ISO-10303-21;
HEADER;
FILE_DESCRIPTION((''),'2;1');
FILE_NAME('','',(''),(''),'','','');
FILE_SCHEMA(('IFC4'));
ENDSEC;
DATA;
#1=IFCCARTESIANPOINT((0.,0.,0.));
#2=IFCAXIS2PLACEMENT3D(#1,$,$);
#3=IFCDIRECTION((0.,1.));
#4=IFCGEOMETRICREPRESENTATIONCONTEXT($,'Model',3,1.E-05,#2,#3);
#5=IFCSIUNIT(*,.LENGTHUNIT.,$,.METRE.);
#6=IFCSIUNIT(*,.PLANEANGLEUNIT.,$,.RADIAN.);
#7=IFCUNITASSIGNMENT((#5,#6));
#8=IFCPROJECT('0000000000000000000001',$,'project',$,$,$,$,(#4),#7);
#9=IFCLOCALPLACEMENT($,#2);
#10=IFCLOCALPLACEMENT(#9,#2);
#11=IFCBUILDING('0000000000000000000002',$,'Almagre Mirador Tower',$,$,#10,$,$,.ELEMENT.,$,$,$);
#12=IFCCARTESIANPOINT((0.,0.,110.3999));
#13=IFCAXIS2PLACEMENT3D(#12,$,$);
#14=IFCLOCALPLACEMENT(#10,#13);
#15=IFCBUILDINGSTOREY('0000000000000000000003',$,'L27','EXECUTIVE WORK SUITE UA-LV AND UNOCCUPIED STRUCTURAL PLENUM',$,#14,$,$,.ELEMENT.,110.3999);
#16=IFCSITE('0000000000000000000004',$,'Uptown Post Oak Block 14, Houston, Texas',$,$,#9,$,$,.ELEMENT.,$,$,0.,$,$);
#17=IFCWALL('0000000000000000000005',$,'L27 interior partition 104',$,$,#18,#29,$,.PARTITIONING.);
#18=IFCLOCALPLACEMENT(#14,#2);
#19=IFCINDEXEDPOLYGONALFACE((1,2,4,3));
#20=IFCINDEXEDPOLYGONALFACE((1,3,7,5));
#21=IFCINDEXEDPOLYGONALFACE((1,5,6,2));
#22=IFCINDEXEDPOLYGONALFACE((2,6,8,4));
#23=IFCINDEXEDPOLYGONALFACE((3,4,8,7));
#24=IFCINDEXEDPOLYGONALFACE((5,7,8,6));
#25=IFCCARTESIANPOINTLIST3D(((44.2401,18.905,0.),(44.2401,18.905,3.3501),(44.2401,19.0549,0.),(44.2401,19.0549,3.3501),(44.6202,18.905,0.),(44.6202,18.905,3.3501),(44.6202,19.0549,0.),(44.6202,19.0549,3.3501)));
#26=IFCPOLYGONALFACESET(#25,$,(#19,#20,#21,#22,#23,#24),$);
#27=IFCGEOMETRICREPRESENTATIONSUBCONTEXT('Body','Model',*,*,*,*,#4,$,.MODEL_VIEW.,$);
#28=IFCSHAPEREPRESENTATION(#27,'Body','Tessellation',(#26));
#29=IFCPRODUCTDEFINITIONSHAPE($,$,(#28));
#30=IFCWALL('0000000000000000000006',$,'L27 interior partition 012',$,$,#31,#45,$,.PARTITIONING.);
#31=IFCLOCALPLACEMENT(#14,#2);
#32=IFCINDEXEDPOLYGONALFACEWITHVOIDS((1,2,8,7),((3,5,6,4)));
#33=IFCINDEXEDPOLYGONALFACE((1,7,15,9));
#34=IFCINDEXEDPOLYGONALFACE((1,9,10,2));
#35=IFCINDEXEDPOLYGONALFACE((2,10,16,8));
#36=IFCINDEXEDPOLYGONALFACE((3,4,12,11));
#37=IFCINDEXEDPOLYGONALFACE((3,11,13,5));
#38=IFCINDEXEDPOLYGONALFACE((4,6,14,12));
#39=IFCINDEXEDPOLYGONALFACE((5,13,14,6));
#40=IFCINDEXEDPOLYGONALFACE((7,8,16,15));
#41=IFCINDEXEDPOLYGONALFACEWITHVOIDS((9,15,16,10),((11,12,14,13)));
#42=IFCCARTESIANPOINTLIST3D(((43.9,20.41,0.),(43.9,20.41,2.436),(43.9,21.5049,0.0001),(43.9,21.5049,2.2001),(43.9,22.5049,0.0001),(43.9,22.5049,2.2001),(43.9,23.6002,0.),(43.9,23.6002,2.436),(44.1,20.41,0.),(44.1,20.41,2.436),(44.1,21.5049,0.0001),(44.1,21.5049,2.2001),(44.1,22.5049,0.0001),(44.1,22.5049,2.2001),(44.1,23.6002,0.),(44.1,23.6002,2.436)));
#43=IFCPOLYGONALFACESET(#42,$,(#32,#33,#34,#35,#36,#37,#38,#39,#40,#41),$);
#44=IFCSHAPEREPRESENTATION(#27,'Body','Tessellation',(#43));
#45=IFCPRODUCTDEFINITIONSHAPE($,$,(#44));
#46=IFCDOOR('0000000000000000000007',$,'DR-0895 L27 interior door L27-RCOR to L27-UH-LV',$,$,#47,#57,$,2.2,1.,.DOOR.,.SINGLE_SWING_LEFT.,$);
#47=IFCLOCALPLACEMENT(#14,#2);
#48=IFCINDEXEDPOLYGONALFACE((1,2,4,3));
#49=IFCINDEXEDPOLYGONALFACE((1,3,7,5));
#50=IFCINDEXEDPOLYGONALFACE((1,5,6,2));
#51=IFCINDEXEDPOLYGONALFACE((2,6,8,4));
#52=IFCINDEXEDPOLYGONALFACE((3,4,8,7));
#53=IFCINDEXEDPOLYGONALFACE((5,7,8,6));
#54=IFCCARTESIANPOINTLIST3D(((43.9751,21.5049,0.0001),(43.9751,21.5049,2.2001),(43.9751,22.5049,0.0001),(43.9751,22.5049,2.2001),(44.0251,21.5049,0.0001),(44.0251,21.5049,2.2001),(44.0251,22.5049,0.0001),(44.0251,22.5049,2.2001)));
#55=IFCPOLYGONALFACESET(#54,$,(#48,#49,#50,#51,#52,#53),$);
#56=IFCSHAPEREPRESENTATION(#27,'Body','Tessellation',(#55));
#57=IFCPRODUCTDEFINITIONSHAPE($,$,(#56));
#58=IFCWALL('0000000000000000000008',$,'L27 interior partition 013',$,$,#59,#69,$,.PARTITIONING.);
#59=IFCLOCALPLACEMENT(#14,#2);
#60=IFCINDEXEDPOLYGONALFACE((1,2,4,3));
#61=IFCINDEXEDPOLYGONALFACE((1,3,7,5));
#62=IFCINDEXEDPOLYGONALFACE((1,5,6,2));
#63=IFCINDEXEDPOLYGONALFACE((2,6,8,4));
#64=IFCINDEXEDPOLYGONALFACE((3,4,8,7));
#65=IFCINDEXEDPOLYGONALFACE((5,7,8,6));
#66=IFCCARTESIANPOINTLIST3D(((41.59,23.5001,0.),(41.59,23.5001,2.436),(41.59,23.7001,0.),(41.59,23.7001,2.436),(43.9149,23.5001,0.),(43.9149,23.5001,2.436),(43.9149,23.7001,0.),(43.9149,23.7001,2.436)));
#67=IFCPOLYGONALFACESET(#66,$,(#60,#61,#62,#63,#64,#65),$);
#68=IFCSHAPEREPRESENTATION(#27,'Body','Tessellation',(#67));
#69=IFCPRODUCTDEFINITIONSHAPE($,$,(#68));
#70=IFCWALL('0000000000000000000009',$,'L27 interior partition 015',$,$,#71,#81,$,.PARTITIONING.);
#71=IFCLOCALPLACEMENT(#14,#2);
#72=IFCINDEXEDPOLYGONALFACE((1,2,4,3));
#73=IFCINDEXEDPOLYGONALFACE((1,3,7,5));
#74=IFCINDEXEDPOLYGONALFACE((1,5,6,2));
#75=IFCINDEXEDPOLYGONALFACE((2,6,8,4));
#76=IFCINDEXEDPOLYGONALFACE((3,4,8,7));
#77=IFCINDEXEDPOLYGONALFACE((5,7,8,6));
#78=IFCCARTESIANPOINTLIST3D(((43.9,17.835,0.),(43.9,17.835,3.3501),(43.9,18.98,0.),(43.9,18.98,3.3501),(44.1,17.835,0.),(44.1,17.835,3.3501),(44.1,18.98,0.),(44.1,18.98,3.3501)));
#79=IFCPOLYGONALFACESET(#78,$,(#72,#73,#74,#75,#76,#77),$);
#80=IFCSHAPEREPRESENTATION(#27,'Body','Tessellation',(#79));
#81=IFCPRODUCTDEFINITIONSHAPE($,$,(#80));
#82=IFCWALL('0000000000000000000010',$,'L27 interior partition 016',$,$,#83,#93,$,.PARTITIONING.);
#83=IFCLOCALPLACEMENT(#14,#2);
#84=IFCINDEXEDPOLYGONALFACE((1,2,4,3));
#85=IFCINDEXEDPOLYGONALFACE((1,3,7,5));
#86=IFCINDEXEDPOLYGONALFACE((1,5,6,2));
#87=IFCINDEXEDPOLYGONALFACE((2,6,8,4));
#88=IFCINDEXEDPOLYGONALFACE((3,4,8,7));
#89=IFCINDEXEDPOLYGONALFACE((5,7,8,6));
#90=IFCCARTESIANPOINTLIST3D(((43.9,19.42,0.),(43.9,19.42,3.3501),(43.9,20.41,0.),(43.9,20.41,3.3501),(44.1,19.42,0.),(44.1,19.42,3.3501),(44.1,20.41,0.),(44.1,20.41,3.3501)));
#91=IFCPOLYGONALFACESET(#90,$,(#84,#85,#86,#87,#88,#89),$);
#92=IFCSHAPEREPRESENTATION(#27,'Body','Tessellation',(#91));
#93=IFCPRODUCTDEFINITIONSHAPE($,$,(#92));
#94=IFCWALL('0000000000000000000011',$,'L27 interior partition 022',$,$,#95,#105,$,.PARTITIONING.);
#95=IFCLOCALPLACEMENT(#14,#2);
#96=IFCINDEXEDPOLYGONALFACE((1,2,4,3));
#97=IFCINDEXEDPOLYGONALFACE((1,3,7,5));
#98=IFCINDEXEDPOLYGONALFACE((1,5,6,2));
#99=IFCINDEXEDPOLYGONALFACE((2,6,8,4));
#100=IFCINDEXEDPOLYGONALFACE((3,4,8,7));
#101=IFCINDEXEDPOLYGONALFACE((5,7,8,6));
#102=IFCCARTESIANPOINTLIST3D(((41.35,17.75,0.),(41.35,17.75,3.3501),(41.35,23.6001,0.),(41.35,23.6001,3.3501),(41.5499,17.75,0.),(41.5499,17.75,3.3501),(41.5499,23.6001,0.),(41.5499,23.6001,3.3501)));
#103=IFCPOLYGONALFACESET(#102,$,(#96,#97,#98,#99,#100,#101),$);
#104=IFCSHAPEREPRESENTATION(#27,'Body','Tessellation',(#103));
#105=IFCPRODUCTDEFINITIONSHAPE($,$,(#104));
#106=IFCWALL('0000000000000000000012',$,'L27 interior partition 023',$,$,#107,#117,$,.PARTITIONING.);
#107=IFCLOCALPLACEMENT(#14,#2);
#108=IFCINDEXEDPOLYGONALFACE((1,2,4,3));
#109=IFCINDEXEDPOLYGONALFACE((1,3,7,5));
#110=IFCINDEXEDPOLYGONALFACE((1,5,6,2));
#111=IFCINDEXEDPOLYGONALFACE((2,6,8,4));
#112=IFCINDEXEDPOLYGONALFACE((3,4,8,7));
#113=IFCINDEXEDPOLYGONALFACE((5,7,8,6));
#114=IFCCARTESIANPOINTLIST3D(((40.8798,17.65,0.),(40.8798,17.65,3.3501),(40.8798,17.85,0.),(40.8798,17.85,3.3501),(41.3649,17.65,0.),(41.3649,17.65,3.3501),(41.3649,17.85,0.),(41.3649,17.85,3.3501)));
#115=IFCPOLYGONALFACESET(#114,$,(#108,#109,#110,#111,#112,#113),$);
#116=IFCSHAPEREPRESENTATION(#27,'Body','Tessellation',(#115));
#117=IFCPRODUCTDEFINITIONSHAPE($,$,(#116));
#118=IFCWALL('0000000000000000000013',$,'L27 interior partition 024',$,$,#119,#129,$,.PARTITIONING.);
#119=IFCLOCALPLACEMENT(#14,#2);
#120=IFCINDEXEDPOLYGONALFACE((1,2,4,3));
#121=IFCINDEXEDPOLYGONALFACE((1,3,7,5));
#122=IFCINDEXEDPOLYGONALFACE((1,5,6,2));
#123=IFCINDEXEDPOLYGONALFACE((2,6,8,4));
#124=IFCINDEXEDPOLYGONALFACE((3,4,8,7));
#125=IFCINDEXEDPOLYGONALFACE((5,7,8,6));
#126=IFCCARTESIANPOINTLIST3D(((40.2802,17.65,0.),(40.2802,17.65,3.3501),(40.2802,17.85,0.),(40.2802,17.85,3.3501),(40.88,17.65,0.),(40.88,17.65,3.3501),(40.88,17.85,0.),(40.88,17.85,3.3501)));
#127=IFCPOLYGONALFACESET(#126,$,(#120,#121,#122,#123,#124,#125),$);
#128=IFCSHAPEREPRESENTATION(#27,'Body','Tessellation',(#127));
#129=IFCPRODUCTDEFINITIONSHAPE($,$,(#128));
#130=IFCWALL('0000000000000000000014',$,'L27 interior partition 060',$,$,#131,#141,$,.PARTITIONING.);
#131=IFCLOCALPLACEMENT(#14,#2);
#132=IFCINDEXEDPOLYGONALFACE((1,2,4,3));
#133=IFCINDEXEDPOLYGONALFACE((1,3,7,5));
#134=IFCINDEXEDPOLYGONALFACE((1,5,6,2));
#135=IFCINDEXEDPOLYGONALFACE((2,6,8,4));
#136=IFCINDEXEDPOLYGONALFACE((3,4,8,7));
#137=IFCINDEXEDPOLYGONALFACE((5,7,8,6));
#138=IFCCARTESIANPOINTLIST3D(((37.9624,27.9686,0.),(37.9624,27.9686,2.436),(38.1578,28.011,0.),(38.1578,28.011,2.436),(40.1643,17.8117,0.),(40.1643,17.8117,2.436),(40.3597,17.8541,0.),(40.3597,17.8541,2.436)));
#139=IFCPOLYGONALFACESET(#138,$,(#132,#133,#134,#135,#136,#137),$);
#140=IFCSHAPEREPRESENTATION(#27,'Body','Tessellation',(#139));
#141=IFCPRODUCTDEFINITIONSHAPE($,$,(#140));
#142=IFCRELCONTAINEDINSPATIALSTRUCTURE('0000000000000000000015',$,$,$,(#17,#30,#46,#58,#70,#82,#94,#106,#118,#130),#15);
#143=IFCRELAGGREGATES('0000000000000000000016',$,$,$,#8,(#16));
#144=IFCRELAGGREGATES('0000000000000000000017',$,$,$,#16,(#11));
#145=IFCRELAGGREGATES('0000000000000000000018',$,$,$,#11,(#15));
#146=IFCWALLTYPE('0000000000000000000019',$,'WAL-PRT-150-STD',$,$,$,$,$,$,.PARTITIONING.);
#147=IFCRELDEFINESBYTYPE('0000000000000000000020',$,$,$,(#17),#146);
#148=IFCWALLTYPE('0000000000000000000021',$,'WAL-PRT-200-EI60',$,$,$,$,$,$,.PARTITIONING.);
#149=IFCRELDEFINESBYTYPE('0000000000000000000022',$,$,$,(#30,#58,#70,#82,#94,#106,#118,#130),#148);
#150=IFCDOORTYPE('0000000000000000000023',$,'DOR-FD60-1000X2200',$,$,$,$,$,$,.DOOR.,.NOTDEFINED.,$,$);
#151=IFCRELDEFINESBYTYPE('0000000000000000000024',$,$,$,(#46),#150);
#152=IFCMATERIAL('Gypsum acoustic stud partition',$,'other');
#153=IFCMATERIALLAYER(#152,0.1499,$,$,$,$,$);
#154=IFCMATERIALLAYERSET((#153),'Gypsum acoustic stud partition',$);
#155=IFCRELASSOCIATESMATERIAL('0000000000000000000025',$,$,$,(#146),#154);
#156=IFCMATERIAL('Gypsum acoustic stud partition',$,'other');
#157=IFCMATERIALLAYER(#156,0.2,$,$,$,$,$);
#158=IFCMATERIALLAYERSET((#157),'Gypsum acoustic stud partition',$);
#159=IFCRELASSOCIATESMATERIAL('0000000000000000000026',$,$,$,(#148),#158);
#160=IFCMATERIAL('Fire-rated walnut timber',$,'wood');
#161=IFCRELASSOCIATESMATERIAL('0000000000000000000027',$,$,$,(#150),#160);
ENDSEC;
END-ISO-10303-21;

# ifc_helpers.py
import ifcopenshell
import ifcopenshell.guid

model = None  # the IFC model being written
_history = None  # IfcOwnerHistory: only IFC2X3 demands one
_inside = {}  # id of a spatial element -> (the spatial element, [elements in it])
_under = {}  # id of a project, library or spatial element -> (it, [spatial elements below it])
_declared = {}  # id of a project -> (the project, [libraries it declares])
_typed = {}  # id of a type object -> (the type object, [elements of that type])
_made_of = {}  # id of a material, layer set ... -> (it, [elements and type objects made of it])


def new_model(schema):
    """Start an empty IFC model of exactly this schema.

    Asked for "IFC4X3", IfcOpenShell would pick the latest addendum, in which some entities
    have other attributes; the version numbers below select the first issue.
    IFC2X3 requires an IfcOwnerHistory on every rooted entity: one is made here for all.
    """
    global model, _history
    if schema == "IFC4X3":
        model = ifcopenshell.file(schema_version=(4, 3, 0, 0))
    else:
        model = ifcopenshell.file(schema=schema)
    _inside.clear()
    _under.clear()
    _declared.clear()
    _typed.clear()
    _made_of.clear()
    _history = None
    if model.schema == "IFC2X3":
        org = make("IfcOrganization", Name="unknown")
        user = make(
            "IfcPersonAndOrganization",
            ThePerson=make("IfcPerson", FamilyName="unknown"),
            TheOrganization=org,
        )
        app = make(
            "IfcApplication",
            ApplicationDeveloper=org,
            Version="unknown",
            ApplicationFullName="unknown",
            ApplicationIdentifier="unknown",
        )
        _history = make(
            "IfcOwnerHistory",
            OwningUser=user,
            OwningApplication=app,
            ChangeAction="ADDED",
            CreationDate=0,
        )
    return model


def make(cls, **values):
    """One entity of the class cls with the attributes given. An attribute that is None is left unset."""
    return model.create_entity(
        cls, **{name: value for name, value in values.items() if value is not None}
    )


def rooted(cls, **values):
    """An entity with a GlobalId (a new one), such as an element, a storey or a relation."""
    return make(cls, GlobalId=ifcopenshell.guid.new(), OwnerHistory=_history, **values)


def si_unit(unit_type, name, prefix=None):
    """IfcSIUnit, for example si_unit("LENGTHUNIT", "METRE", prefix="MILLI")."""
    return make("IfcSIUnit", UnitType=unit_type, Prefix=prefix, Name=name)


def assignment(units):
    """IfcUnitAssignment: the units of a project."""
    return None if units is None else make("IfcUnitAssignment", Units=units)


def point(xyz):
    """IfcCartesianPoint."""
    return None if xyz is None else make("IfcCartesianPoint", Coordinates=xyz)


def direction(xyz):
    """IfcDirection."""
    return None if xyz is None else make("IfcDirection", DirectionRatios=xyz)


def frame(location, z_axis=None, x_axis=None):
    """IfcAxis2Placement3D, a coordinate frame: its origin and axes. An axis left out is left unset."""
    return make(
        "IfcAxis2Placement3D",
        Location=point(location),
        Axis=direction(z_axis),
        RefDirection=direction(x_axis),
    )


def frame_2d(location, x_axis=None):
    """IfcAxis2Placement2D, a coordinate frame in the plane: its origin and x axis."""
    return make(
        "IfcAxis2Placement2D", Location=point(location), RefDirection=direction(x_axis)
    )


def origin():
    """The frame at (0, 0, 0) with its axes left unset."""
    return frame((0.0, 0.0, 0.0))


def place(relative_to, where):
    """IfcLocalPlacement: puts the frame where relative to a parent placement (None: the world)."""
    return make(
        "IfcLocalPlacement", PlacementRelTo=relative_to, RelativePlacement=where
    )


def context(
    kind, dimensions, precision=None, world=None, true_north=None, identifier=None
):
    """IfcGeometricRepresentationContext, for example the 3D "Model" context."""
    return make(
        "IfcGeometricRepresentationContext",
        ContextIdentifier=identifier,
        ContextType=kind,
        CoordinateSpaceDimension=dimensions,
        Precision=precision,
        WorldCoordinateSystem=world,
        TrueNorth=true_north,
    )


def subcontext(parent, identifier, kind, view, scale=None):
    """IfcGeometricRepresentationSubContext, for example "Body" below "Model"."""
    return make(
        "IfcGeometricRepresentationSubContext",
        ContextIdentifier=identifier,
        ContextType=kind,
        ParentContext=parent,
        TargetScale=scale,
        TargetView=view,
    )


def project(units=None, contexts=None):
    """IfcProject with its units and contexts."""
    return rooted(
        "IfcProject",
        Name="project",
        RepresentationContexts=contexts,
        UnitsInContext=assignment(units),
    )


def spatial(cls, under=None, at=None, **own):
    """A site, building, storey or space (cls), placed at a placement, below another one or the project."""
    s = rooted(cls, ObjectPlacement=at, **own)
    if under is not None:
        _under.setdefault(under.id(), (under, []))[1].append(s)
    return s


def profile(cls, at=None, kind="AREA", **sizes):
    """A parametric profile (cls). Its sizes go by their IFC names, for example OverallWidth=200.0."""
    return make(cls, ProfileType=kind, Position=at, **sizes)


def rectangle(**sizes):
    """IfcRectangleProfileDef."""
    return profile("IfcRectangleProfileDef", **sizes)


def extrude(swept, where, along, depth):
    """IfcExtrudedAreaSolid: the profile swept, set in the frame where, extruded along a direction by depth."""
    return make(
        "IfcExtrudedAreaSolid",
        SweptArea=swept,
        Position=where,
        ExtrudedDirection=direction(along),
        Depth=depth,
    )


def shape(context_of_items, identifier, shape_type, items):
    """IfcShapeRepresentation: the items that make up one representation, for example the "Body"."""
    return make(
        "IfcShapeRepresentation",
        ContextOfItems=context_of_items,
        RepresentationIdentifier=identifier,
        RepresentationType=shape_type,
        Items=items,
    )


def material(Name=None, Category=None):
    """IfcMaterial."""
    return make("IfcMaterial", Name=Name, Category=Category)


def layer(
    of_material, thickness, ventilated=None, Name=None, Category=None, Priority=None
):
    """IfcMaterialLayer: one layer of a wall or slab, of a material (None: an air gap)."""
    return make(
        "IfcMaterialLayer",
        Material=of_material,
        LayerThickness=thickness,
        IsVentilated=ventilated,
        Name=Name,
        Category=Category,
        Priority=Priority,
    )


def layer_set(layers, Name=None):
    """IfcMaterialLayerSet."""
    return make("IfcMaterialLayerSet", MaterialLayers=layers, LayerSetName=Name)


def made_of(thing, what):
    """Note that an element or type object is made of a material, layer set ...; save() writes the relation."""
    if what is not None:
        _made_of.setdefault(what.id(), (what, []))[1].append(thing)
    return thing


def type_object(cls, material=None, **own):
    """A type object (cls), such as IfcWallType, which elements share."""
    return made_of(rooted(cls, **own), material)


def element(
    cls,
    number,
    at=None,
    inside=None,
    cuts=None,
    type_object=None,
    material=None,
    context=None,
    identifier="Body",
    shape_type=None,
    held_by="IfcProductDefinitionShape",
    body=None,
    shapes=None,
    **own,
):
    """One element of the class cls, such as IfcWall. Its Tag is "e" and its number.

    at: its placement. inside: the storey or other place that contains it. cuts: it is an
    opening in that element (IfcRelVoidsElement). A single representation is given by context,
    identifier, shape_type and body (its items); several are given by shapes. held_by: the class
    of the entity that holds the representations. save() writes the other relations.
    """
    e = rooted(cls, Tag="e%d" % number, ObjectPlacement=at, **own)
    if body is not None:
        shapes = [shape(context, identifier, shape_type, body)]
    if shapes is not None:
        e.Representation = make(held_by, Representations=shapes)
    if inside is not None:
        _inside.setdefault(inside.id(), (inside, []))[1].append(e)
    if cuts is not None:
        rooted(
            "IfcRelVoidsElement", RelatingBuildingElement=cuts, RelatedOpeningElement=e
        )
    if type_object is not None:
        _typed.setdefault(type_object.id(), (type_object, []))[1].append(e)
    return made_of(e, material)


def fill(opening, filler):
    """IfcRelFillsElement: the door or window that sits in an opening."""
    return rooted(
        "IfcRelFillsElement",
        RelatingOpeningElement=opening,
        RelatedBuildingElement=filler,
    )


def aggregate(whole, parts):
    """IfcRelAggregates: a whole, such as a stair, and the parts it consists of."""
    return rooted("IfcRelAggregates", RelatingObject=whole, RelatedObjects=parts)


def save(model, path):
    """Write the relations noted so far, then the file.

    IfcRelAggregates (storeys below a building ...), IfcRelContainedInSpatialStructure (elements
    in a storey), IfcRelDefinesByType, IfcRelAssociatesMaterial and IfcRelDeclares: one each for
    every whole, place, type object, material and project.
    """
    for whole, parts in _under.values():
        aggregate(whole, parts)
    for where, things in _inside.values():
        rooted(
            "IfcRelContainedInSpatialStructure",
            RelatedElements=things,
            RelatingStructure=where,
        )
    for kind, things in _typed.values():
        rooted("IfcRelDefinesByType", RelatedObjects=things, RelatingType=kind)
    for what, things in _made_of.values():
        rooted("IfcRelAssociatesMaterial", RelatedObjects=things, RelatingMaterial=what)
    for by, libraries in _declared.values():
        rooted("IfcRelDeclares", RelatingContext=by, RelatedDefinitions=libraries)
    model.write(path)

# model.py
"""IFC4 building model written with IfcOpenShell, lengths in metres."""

from ifc_helpers import new_model, si_unit, direction, frame, frame_2d, origin, place, context, subcontext, project, spatial, rectangle, extrude, material, layer, layer_set, type_object, element, fill, save


model = new_model("IFC4")

# Units and contexts
model_context = context("Model", 3, precision=1e-05, world=origin(), true_north=direction((0.0, 1.0)))
body_context = subcontext(model_context, "Body", "Model", "MODEL_VIEW")
ifc_project = project(units=[si_unit("LENGTHUNIT", "METRE"), si_unit("PLANEANGLEUNIT", "RADIAN")], contexts=[model_context])

# Site, building, storey
site_placement = place(None, origin())
site = spatial("IfcSite", under=ifc_project, at=site_placement, Name="Uptown Post Oak Block 14, Houston, Texas", CompositionType="ELEMENT", RefElevation=0.0)
building_placement = place(site_placement, origin())
building = spatial("IfcBuilding", under=site, at=building_placement, Name="Almagre Mirador Tower", CompositionType="ELEMENT")
storey_placement = place(building_placement, frame((0.0, 0.0, 110.3999)))
storey = spatial("IfcBuildingStorey", under=building, at=storey_placement, Name="L27", Description="EXECUTIVE WORK SUITE UA-LV AND UNOCCUPIED STRUCTURAL PLENUM", CompositionType="ELEMENT", Elevation=110.3999)

# Shared definitions
ifc_material_1 = material(Name="Gypsum acoustic stud partition", Category="other")
ifc_layer_1 = layer(ifc_material_1, 0.1499)
ifc_layer_set_1 = layer_set([ifc_layer_1], Name="Gypsum acoustic stud partition")
wall_type_1 = type_object("IfcWallType", Name="WAL-PRT-150-STD", PredefinedType="PARTITIONING", material=ifc_layer_set_1)

# Wall
wall_1_placement = place(storey_placement, frame((44.6201, 18.98, 0.0), z_axis=(0.0, 0.0, 1.0), x_axis=(-1.0, 0.0, 0.0)))
element("IfcWall", 1, at=wall_1_placement, inside=storey, type_object=wall_type_1, Name="L27 interior partition 104", PredefinedType="PARTITIONING", context=body_context, shape_type="SweptSolid", body=[
    extrude(rectangle(XDim=0.3801, YDim=0.1499, at=frame_2d((0.1899, 0.0))), origin(), (0.0, 0.0, 1.0), 3.3501),
])

# Wall, opening, door
ifc_material_2 = material(Name="Gypsum acoustic stud partition", Category="other")
ifc_layer_2 = layer(ifc_material_2, 0.2)
ifc_layer_set_2 = layer_set([ifc_layer_2], Name="Gypsum acoustic stud partition")
wall_type_2 = type_object("IfcWallType", Name="WAL-PRT-200-EI60", PredefinedType="PARTITIONING", material=ifc_layer_set_2)
wall_2_placement = place(storey_placement, frame((44.0, 20.4099, 0.0), z_axis=(0.0, 0.0, 1.0), x_axis=(0.0, 1.0, 0.0)))
wall_2 = element("IfcWall", 2, at=wall_2_placement, inside=storey, type_object=wall_type_2, Name="L27 interior partition 012", PredefinedType="PARTITIONING", context=body_context, shape_type="SweptSolid", body=[
    extrude(rectangle(XDim=3.1902, YDim=0.2, at=frame_2d((1.5952, 0.0))), origin(), (0.0, 0.0, 1.0), 2.436),
])
opening_1_placement = place(wall_2_placement, frame((1.095, 0.0, 0.0)))
opening_1 = element("IfcOpeningElement", 3, at=opening_1_placement, cuts=wall_2, PredefinedType="OPENING", context=body_context, shape_type="SweptSolid", body=[
    extrude(rectangle(XDim=1.0, YDim=2.2, at=frame_2d((0.5, 1.1001))), frame((0.0, 0.1101, 0.0), z_axis=(0.0, -1.0, 0.0), x_axis=(1.0, 0.0, 0.0)), (0.0, 0.0, 1.0), 0.22),
])
ifc_material_3 = material(Name="Fire-rated walnut timber", Category="wood")
door_type_1 = type_object("IfcDoorType", Name="DOR-FD60-1000X2200", OperationType="NOTDEFINED", PredefinedType="DOOR", material=ifc_material_3)
door_1_placement = place(opening_1_placement, origin())
door_1 = element("IfcDoor", 4, at=door_1_placement, inside=storey, type_object=door_type_1, Name="DR-0895 L27 interior door L27-RCOR to L27-UH-LV", OperationType="SINGLE_SWING_LEFT", OverallHeight=2.2, OverallWidth=1.0, PredefinedType="DOOR", context=body_context, shape_type="SweptSolid", body=[
    extrude(rectangle(XDim=1.0, YDim=2.2, at=frame_2d((0.5, 1.1001))), frame((0.0, 0.0249, 0.0), z_axis=(0.0, -1.0, 0.0), x_axis=(1.0, 0.0, 0.0)), (0.0, 0.0, 1.0), 0.05),
])
fill(opening_1, door_1)

# Walls
wall_3_placement = place(storey_placement, frame((43.915, 23.6001, 0.0), z_axis=(0.0, 0.0, 1.0), x_axis=(-1.0, 0.0, 0.0)))
element("IfcWall", 5, at=wall_3_placement, inside=storey, type_object=wall_type_2, Name="L27 interior partition 013", PredefinedType="PARTITIONING", context=body_context, shape_type="SweptSolid", body=[
    extrude(rectangle(XDim=2.325, YDim=0.2, at=frame_2d((1.1626, 0.0))), origin(), (0.0, 0.0, 1.0), 2.436),
])
wall_4_placement = place(storey_placement, frame((44.0, 17.835, 0.0), z_axis=(0.0, 0.0, 1.0), x_axis=(0.0, 1.0, 0.0)))
element("IfcWall", 6, at=wall_4_placement, inside=storey, type_object=wall_type_2, Name="L27 interior partition 015", PredefinedType="PARTITIONING", context=body_context, shape_type="SweptSolid", body=[
    extrude(rectangle(XDim=1.145, YDim=0.2, at=frame_2d((0.5725, 0.0))), origin(), (0.0, 0.0, 1.0), 3.3501),
])
wall_5_placement = place(storey_placement, frame((44.0, 19.4199, 0.0), z_axis=(0.0, 0.0, 1.0), x_axis=(0.0, 1.0, 0.0)))
element("IfcWall", 7, at=wall_5_placement, inside=storey, type_object=wall_type_2, Name="L27 interior partition 016", PredefinedType="PARTITIONING", context=body_context, shape_type="SweptSolid", body=[
    extrude(rectangle(XDim=0.99, YDim=0.2, at=frame_2d((0.4951, 0.0))), origin(), (0.0, 0.0, 1.0), 3.3501),
])
wall_6_placement = place(storey_placement, frame((41.45, 23.6001, 0.0), z_axis=(0.0, 0.0, 1.0), x_axis=(0.0, -1.0, 0.0)))
element("IfcWall", 8, at=wall_6_placement, inside=storey, type_object=wall_type_2, Name="L27 interior partition 022", PredefinedType="PARTITIONING", context=body_context, shape_type="SweptSolid", body=[
    extrude(rectangle(XDim=5.8501, YDim=0.2, at=frame_2d((2.925, 0.0))), origin(), (0.0, 0.0, 1.0), 3.3501),
])
wall_7_placement = place(storey_placement, frame((41.365, 17.75, 0.0), z_axis=(0.0, 0.0, 1.0), x_axis=(-1.0, 0.0, 0.0)))
element("IfcWall", 9, at=wall_7_placement, inside=storey, type_object=wall_type_2, Name="L27 interior partition 023", PredefinedType="PARTITIONING", context=body_context, shape_type="SweptSolid", body=[
    extrude(rectangle(XDim=0.4851, YDim=0.2, at=frame_2d((0.2427, 0.0))), origin(), (0.0, 0.0, 1.0), 3.3501),
])
wall_8_placement = place(storey_placement, frame((40.8799, 17.75, 0.0), z_axis=(0.0, 0.0, 1.0), x_axis=(-1.0, 0.0, 0.0)))
element("IfcWall", 10, at=wall_8_placement, inside=storey, type_object=wall_type_2, Name="L27 interior partition 024", PredefinedType="PARTITIONING", context=body_context, shape_type="SweptSolid", body=[
    extrude(rectangle(XDim=0.5999, YDim=0.2, at=frame_2d((0.2998, 0.0))), origin(), (0.0, 0.0, 1.0), 3.3501),
])
wall_9_placement = place(storey_placement, frame((40.262, 17.833, 0.0), z_axis=(0.0, 0.0, 1.0), x_axis=(-0.211866, 0.977299, 0.0)))
element("IfcWall", 11, at=wall_9_placement, inside=storey, type_object=wall_type_2, Name="L27 interior partition 060", PredefinedType="PARTITIONING", context=body_context, shape_type="SweptSolid", body=[
    extrude(rectangle(XDim=10.3928, YDim=0.2, at=frame_2d((5.1963, 0.0))), origin(), (0.0, 0.0, 1.0), 2.436),
])

save(model, "model.ifc")
